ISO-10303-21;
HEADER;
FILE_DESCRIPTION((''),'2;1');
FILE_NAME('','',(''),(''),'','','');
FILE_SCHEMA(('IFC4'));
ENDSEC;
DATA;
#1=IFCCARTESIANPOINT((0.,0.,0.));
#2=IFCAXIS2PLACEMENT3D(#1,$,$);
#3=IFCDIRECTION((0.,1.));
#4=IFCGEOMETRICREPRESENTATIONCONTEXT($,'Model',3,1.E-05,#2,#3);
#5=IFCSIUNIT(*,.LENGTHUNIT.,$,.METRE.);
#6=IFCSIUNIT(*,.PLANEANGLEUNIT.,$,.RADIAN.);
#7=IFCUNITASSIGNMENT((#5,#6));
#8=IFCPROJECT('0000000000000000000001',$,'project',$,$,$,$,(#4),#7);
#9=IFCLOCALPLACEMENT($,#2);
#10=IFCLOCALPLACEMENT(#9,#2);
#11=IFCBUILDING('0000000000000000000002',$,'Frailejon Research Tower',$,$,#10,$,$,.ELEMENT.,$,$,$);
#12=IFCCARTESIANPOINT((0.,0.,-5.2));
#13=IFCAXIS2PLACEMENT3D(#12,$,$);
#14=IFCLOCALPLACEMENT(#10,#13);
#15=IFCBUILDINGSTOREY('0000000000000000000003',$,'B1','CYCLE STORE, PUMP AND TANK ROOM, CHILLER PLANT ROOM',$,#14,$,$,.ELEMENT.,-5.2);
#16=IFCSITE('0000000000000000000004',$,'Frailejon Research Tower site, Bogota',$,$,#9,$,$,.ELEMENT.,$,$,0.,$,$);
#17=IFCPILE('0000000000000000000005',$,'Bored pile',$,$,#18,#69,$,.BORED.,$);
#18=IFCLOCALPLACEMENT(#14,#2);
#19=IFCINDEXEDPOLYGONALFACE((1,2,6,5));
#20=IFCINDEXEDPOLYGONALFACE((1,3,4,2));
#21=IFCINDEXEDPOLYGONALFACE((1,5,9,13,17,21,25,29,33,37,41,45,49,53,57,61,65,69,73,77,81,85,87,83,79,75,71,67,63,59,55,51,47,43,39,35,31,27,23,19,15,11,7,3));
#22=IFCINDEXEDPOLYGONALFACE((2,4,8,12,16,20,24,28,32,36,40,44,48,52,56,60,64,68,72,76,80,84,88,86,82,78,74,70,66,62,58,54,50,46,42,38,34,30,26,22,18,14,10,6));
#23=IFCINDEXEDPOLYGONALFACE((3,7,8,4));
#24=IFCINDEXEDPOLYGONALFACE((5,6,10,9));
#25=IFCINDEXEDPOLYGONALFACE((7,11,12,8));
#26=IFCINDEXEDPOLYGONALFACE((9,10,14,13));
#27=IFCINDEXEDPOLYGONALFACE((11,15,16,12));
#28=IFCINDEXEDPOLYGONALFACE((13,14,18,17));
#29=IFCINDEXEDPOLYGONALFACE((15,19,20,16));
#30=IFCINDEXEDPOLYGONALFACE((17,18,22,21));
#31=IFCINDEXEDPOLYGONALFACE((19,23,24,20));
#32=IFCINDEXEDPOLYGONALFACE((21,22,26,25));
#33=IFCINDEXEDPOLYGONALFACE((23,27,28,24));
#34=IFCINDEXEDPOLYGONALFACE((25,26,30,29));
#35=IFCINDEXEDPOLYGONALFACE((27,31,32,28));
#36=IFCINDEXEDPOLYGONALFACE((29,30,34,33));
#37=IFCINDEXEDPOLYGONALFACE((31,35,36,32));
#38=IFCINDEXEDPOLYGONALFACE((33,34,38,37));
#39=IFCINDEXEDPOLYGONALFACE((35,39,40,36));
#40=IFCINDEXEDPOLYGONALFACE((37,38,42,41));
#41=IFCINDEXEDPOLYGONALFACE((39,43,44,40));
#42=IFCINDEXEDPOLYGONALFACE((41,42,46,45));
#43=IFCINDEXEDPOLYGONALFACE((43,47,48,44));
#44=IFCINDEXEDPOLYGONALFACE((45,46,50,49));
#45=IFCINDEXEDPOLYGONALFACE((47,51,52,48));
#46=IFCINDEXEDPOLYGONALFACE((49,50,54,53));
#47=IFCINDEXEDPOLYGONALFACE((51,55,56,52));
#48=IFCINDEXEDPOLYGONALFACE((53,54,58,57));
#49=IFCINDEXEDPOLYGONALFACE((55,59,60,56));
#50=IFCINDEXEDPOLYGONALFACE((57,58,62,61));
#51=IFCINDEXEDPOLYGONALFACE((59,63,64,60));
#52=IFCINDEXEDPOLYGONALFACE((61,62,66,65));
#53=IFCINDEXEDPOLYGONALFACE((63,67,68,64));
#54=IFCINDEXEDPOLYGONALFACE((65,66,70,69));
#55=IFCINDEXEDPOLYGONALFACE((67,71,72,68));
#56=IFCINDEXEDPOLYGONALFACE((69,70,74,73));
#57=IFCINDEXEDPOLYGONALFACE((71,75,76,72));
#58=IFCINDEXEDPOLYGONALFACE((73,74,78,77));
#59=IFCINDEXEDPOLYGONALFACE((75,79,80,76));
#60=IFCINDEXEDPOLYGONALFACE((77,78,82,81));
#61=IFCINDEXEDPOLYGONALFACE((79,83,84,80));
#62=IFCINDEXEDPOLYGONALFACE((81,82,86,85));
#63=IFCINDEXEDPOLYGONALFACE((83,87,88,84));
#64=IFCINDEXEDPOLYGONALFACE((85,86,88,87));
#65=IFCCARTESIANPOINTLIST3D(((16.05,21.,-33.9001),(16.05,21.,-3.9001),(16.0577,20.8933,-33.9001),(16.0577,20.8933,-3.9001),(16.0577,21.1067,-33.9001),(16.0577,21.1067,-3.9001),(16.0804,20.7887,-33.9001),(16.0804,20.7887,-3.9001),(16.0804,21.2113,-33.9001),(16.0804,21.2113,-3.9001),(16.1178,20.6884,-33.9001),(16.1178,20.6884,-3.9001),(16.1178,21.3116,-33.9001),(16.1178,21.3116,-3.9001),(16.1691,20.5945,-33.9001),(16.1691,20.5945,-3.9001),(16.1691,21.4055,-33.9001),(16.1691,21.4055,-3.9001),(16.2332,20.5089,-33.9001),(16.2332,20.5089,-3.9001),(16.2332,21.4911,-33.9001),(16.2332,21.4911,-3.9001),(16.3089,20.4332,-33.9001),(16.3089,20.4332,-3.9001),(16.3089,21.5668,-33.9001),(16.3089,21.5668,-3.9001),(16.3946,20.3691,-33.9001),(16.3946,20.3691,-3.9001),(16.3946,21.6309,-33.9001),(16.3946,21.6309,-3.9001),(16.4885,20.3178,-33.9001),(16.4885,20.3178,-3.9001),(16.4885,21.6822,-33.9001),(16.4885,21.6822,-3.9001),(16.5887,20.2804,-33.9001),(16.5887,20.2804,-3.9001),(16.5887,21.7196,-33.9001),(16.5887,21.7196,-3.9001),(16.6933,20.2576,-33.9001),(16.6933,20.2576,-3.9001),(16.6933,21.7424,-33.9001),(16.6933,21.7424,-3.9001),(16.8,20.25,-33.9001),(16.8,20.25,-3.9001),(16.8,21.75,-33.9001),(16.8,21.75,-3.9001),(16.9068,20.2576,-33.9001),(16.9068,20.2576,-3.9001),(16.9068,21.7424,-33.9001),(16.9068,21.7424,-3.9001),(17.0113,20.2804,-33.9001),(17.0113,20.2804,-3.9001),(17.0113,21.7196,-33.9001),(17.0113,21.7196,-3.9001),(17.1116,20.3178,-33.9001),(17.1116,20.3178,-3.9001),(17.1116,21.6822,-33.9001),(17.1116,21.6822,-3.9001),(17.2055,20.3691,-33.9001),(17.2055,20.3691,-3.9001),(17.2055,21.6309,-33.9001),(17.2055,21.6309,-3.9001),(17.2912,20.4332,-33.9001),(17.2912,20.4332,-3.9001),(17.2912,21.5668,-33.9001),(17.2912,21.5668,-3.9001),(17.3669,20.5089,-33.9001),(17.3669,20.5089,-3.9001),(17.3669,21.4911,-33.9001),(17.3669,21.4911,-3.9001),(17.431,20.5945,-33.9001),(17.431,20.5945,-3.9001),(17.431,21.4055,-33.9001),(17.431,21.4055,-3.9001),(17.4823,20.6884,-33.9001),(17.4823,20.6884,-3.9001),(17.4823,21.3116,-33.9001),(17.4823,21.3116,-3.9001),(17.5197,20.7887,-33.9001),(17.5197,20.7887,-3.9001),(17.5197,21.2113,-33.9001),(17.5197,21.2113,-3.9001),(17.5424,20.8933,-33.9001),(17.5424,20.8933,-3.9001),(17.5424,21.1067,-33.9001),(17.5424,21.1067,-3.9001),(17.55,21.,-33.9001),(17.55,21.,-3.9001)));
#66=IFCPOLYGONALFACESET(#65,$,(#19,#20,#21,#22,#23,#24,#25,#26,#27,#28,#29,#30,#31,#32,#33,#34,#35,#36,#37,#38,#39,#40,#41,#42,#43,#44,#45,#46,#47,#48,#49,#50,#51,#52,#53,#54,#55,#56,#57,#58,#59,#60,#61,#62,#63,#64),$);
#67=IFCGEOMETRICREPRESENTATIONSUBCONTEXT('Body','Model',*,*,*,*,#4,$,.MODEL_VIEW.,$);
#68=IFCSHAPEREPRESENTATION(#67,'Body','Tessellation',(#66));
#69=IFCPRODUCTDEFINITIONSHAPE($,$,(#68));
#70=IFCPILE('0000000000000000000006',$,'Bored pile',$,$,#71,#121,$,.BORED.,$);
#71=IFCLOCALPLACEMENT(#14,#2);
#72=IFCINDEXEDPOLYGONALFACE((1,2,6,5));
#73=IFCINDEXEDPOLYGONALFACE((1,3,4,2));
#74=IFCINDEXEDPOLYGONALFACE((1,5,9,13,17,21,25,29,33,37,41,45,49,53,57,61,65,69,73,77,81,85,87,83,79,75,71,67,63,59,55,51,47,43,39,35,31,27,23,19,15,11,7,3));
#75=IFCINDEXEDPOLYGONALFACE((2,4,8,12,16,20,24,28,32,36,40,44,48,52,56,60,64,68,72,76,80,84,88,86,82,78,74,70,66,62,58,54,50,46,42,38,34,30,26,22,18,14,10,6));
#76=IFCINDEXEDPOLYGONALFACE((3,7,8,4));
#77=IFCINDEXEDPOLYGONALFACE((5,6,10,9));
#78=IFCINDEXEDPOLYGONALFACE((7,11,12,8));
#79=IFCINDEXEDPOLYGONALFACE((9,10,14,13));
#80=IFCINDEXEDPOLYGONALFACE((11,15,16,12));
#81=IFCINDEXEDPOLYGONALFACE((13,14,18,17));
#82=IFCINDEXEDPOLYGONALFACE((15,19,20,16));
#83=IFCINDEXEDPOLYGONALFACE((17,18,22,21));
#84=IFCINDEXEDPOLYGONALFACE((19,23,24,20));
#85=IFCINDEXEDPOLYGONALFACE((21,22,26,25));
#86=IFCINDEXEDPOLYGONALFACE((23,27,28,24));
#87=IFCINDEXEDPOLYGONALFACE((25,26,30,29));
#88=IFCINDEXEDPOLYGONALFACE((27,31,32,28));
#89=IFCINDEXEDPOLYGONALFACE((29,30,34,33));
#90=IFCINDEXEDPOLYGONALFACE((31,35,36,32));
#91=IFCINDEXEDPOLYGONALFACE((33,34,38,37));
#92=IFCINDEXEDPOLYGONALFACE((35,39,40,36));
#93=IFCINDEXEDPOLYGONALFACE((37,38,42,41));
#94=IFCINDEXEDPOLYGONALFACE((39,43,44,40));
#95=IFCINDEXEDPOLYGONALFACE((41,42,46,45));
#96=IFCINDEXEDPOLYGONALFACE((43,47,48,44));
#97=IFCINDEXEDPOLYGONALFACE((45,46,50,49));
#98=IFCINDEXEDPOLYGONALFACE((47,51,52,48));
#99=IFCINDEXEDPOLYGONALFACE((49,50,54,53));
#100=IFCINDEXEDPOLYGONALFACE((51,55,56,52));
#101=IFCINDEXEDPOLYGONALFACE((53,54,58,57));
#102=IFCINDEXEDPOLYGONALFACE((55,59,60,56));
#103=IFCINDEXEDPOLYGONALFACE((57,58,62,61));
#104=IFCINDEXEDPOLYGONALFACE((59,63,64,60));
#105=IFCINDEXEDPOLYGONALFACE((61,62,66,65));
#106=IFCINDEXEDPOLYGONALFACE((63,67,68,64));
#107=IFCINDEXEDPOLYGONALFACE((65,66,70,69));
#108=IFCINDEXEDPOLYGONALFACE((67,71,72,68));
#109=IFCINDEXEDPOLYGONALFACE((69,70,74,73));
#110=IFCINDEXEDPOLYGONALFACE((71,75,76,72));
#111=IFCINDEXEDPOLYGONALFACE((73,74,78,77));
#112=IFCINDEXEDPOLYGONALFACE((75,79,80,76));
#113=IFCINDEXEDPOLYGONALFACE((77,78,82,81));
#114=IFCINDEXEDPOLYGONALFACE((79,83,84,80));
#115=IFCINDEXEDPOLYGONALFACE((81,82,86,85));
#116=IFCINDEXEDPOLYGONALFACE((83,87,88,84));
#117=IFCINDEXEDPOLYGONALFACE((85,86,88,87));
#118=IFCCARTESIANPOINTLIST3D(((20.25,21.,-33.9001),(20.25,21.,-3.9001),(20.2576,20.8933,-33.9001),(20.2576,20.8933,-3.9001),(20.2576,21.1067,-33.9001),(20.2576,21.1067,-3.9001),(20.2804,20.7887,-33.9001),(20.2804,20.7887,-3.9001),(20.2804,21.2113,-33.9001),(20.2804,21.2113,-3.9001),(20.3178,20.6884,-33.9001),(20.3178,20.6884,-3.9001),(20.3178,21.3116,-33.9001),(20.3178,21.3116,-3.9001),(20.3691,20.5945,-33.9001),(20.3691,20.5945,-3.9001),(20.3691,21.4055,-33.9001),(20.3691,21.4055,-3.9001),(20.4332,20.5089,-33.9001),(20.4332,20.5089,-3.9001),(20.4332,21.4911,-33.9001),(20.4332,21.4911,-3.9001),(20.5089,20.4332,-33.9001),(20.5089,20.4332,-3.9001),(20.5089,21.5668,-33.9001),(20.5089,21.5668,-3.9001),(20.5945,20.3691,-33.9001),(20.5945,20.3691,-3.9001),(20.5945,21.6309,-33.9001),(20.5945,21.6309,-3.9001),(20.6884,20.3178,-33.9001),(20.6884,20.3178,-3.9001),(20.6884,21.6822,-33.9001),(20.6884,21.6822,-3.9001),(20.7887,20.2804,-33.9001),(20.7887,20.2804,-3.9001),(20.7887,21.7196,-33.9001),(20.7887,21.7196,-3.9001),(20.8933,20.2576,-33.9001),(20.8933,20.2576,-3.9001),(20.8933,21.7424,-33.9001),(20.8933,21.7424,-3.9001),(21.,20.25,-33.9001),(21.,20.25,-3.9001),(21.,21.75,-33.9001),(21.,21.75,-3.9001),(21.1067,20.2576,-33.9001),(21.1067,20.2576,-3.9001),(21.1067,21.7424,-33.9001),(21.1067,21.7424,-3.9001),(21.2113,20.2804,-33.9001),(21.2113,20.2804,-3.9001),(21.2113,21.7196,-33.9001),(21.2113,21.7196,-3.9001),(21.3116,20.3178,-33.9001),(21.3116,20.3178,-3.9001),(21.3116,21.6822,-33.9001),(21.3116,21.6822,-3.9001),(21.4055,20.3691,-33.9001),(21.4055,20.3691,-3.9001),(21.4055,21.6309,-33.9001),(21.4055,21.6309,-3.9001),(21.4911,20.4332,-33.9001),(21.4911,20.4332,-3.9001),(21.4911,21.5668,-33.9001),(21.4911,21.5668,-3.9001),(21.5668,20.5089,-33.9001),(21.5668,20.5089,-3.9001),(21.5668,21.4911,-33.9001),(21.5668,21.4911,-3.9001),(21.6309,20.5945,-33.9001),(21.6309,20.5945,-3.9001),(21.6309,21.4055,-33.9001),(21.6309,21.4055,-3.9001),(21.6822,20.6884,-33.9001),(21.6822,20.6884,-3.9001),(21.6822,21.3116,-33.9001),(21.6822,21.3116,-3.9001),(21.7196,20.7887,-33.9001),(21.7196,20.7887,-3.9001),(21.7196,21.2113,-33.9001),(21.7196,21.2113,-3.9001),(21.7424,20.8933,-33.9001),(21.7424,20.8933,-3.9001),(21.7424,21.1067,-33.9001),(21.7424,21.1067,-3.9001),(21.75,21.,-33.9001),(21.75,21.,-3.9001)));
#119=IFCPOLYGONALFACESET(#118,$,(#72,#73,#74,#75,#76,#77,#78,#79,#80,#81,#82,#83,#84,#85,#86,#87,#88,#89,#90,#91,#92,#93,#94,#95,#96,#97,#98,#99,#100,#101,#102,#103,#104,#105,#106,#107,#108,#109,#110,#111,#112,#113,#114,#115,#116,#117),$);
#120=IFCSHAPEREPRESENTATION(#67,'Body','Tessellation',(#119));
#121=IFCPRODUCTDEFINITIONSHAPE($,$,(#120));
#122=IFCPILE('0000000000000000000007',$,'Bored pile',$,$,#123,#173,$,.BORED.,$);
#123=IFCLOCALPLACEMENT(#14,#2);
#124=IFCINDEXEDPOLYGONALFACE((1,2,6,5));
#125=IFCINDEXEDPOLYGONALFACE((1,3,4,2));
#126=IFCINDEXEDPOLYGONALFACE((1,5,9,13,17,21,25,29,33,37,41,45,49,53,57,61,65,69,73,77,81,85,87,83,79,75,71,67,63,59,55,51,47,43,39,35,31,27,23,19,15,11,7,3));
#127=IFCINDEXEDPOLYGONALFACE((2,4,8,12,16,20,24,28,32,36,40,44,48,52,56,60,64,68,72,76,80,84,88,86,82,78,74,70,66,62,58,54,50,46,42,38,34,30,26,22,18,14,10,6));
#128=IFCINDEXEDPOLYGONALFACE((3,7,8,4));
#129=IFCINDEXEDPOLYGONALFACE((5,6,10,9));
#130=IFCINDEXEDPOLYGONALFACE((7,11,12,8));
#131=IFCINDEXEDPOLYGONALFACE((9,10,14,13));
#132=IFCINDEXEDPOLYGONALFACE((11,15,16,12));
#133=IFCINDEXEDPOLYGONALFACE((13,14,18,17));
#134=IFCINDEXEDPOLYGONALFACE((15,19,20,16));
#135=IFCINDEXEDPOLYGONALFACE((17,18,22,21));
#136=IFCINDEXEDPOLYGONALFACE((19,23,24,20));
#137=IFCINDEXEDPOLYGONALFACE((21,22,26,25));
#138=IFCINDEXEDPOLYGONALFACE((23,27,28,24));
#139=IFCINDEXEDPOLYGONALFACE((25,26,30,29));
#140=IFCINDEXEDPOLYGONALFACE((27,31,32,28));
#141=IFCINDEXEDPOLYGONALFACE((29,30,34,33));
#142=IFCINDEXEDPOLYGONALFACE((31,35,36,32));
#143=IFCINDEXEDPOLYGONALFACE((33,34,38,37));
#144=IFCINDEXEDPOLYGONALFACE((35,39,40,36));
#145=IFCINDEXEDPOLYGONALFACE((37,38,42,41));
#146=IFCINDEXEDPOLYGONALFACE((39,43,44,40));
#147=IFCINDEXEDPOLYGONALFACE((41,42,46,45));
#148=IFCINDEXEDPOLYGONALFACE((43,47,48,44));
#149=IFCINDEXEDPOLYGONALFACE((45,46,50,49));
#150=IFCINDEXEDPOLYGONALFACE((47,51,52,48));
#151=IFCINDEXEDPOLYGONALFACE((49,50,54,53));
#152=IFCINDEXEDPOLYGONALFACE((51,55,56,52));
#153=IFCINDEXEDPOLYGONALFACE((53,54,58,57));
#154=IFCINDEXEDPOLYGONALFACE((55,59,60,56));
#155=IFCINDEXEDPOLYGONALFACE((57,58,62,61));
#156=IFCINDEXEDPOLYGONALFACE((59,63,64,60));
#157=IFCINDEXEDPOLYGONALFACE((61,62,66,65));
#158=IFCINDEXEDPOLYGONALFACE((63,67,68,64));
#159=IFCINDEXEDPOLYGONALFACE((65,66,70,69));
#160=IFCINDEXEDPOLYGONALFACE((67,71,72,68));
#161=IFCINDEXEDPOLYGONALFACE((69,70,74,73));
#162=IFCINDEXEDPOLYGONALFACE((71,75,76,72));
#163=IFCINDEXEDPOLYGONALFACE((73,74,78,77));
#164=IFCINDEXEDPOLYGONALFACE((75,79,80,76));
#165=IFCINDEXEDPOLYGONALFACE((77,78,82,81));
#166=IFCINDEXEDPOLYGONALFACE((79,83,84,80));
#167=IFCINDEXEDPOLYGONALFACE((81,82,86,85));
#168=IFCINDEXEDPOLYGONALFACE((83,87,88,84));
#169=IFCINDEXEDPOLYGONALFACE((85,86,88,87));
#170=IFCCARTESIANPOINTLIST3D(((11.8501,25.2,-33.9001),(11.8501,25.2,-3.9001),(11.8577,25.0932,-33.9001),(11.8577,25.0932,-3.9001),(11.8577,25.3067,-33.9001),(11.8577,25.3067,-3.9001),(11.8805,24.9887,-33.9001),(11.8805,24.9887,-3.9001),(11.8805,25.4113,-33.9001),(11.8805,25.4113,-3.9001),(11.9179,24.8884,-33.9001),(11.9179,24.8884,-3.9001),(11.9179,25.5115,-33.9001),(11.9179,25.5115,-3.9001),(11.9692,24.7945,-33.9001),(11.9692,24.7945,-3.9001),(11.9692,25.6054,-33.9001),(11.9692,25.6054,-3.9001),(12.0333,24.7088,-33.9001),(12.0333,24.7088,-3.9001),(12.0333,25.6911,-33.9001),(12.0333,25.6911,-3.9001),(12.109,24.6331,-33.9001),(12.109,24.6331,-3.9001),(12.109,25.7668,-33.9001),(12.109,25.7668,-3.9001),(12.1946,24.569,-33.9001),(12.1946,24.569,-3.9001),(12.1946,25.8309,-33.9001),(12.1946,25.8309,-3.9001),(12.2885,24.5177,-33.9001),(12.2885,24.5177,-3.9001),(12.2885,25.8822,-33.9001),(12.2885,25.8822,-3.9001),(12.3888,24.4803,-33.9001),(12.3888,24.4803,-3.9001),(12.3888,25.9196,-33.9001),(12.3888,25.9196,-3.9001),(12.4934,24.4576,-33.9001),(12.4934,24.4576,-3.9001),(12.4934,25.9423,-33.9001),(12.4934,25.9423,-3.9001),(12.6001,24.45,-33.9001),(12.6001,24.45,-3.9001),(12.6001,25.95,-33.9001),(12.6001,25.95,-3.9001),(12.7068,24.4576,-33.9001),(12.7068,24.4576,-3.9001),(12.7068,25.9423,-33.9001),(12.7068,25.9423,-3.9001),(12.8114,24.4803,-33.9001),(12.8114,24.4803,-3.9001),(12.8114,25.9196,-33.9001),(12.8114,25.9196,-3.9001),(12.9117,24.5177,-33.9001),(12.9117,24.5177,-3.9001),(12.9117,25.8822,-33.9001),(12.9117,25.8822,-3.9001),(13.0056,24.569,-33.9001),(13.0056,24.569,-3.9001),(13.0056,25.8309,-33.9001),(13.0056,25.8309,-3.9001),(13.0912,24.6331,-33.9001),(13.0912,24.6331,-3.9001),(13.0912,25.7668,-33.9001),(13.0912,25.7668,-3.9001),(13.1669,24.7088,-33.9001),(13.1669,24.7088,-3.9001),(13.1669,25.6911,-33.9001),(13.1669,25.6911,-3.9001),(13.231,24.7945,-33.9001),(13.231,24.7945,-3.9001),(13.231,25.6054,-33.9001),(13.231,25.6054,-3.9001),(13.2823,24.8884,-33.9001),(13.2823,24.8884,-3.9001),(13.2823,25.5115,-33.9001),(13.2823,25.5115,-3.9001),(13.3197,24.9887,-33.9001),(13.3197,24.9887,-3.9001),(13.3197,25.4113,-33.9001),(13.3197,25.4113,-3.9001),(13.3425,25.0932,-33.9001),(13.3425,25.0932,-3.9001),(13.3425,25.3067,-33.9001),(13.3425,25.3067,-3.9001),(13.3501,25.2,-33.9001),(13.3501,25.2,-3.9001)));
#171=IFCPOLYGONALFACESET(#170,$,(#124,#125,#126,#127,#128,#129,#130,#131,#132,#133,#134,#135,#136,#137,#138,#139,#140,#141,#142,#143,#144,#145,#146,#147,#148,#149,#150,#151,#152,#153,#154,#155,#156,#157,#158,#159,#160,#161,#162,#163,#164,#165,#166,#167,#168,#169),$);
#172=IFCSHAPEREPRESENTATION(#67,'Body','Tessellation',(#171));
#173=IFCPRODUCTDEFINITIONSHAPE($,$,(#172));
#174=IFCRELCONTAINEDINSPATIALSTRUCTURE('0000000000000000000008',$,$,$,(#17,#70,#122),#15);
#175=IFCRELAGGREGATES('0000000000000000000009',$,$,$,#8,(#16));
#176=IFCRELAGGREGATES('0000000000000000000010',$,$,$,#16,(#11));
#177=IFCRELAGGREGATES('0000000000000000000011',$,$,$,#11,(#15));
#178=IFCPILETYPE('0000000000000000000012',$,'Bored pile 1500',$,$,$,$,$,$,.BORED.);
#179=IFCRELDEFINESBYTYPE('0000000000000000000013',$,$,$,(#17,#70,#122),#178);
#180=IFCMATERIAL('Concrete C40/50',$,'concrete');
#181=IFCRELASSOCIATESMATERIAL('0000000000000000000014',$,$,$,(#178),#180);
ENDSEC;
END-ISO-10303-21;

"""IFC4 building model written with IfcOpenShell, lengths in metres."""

from ifc_helpers import new_model, si_unit, direction, frame, origin, origin_2d, place, context, subcontext, project, spatial, circle, extrude, material, material_profile, profile_set, type_object, element, save


model = new_model("IFC4")

# Units and contexts
model_context = context("Model", 3, precision=1e-05, world=origin(), true_north=direction((0.0, 1.0)))
body_context = subcontext(model_context, "Body", "Model", "MODEL_VIEW")
ifc_project = project(units=[si_unit("LENGTHUNIT", "METRE"), si_unit("PLANEANGLEUNIT", "RADIAN")], contexts=[model_context])

# Site, building, storey
site_placement = place(None, origin())
site = spatial("IfcSite", under=ifc_project, at=site_placement, Name="Frailejon Research Tower site, Bogota", CompositionType="ELEMENT", RefElevation=0.0)
building_placement = place(site_placement, origin())
building = spatial("IfcBuilding", under=site, at=building_placement, Name="Frailejon Research Tower", CompositionType="ELEMENT")
storey_placement = place(building_placement, frame((0.0, 0.0, -5.2)))
storey = spatial("IfcBuildingStorey", under=building, at=storey_placement, Name="B1", Description="CYCLE STORE, PUMP AND TANK ROOM, CHILLER PLANT ROOM", CompositionType="ELEMENT", Elevation=-5.2)

# Piles
ifc_material_1 = material(Name="Concrete C40/50", Category="concrete")
ifc_material_profile_1 = material_profile(ifc_material_1, circle(Radius=0.75, at=origin_2d()), Name="Bored pile 1500")
ifc_profile_set_1 = profile_set([ifc_material_profile_1], Name="Concrete C40/50")
pile_type = type_object("IfcPileType", Name="Bored pile 1500", PredefinedType="BORED", material=ifc_profile_set_1)
for number, where, z_axis, x_axis, name in (
    (1, (16.8, 21.0, -3.9001), (0.0, 0.0, -1.0), (1.0, 0.0, 0.0), "Bored pile"),
    (2, (21.0, 21.0, -3.9001), (0.0, 0.0, -1.0), (1.0, 0.0, 0.0), "Bored pile"),
    (3, (12.6001, 25.2, -3.9001), (0.0, 0.0, -1.0), (1.0, 0.0, 0.0), "Bored pile"),
):
    element("IfcPile", number, at=place(storey_placement, frame(where, z_axis=z_axis, x_axis=x_axis)), inside=storey, type_object=pile_type, Name=name, PredefinedType="BORED", context=body_context, shape_type="SweptSolid", body=[
        extrude(circle(Radius=0.75, at=origin_2d()), origin(), (0.0, 0.0, 1.0), 30.0),
    ])

save(model, "model.ifc")
